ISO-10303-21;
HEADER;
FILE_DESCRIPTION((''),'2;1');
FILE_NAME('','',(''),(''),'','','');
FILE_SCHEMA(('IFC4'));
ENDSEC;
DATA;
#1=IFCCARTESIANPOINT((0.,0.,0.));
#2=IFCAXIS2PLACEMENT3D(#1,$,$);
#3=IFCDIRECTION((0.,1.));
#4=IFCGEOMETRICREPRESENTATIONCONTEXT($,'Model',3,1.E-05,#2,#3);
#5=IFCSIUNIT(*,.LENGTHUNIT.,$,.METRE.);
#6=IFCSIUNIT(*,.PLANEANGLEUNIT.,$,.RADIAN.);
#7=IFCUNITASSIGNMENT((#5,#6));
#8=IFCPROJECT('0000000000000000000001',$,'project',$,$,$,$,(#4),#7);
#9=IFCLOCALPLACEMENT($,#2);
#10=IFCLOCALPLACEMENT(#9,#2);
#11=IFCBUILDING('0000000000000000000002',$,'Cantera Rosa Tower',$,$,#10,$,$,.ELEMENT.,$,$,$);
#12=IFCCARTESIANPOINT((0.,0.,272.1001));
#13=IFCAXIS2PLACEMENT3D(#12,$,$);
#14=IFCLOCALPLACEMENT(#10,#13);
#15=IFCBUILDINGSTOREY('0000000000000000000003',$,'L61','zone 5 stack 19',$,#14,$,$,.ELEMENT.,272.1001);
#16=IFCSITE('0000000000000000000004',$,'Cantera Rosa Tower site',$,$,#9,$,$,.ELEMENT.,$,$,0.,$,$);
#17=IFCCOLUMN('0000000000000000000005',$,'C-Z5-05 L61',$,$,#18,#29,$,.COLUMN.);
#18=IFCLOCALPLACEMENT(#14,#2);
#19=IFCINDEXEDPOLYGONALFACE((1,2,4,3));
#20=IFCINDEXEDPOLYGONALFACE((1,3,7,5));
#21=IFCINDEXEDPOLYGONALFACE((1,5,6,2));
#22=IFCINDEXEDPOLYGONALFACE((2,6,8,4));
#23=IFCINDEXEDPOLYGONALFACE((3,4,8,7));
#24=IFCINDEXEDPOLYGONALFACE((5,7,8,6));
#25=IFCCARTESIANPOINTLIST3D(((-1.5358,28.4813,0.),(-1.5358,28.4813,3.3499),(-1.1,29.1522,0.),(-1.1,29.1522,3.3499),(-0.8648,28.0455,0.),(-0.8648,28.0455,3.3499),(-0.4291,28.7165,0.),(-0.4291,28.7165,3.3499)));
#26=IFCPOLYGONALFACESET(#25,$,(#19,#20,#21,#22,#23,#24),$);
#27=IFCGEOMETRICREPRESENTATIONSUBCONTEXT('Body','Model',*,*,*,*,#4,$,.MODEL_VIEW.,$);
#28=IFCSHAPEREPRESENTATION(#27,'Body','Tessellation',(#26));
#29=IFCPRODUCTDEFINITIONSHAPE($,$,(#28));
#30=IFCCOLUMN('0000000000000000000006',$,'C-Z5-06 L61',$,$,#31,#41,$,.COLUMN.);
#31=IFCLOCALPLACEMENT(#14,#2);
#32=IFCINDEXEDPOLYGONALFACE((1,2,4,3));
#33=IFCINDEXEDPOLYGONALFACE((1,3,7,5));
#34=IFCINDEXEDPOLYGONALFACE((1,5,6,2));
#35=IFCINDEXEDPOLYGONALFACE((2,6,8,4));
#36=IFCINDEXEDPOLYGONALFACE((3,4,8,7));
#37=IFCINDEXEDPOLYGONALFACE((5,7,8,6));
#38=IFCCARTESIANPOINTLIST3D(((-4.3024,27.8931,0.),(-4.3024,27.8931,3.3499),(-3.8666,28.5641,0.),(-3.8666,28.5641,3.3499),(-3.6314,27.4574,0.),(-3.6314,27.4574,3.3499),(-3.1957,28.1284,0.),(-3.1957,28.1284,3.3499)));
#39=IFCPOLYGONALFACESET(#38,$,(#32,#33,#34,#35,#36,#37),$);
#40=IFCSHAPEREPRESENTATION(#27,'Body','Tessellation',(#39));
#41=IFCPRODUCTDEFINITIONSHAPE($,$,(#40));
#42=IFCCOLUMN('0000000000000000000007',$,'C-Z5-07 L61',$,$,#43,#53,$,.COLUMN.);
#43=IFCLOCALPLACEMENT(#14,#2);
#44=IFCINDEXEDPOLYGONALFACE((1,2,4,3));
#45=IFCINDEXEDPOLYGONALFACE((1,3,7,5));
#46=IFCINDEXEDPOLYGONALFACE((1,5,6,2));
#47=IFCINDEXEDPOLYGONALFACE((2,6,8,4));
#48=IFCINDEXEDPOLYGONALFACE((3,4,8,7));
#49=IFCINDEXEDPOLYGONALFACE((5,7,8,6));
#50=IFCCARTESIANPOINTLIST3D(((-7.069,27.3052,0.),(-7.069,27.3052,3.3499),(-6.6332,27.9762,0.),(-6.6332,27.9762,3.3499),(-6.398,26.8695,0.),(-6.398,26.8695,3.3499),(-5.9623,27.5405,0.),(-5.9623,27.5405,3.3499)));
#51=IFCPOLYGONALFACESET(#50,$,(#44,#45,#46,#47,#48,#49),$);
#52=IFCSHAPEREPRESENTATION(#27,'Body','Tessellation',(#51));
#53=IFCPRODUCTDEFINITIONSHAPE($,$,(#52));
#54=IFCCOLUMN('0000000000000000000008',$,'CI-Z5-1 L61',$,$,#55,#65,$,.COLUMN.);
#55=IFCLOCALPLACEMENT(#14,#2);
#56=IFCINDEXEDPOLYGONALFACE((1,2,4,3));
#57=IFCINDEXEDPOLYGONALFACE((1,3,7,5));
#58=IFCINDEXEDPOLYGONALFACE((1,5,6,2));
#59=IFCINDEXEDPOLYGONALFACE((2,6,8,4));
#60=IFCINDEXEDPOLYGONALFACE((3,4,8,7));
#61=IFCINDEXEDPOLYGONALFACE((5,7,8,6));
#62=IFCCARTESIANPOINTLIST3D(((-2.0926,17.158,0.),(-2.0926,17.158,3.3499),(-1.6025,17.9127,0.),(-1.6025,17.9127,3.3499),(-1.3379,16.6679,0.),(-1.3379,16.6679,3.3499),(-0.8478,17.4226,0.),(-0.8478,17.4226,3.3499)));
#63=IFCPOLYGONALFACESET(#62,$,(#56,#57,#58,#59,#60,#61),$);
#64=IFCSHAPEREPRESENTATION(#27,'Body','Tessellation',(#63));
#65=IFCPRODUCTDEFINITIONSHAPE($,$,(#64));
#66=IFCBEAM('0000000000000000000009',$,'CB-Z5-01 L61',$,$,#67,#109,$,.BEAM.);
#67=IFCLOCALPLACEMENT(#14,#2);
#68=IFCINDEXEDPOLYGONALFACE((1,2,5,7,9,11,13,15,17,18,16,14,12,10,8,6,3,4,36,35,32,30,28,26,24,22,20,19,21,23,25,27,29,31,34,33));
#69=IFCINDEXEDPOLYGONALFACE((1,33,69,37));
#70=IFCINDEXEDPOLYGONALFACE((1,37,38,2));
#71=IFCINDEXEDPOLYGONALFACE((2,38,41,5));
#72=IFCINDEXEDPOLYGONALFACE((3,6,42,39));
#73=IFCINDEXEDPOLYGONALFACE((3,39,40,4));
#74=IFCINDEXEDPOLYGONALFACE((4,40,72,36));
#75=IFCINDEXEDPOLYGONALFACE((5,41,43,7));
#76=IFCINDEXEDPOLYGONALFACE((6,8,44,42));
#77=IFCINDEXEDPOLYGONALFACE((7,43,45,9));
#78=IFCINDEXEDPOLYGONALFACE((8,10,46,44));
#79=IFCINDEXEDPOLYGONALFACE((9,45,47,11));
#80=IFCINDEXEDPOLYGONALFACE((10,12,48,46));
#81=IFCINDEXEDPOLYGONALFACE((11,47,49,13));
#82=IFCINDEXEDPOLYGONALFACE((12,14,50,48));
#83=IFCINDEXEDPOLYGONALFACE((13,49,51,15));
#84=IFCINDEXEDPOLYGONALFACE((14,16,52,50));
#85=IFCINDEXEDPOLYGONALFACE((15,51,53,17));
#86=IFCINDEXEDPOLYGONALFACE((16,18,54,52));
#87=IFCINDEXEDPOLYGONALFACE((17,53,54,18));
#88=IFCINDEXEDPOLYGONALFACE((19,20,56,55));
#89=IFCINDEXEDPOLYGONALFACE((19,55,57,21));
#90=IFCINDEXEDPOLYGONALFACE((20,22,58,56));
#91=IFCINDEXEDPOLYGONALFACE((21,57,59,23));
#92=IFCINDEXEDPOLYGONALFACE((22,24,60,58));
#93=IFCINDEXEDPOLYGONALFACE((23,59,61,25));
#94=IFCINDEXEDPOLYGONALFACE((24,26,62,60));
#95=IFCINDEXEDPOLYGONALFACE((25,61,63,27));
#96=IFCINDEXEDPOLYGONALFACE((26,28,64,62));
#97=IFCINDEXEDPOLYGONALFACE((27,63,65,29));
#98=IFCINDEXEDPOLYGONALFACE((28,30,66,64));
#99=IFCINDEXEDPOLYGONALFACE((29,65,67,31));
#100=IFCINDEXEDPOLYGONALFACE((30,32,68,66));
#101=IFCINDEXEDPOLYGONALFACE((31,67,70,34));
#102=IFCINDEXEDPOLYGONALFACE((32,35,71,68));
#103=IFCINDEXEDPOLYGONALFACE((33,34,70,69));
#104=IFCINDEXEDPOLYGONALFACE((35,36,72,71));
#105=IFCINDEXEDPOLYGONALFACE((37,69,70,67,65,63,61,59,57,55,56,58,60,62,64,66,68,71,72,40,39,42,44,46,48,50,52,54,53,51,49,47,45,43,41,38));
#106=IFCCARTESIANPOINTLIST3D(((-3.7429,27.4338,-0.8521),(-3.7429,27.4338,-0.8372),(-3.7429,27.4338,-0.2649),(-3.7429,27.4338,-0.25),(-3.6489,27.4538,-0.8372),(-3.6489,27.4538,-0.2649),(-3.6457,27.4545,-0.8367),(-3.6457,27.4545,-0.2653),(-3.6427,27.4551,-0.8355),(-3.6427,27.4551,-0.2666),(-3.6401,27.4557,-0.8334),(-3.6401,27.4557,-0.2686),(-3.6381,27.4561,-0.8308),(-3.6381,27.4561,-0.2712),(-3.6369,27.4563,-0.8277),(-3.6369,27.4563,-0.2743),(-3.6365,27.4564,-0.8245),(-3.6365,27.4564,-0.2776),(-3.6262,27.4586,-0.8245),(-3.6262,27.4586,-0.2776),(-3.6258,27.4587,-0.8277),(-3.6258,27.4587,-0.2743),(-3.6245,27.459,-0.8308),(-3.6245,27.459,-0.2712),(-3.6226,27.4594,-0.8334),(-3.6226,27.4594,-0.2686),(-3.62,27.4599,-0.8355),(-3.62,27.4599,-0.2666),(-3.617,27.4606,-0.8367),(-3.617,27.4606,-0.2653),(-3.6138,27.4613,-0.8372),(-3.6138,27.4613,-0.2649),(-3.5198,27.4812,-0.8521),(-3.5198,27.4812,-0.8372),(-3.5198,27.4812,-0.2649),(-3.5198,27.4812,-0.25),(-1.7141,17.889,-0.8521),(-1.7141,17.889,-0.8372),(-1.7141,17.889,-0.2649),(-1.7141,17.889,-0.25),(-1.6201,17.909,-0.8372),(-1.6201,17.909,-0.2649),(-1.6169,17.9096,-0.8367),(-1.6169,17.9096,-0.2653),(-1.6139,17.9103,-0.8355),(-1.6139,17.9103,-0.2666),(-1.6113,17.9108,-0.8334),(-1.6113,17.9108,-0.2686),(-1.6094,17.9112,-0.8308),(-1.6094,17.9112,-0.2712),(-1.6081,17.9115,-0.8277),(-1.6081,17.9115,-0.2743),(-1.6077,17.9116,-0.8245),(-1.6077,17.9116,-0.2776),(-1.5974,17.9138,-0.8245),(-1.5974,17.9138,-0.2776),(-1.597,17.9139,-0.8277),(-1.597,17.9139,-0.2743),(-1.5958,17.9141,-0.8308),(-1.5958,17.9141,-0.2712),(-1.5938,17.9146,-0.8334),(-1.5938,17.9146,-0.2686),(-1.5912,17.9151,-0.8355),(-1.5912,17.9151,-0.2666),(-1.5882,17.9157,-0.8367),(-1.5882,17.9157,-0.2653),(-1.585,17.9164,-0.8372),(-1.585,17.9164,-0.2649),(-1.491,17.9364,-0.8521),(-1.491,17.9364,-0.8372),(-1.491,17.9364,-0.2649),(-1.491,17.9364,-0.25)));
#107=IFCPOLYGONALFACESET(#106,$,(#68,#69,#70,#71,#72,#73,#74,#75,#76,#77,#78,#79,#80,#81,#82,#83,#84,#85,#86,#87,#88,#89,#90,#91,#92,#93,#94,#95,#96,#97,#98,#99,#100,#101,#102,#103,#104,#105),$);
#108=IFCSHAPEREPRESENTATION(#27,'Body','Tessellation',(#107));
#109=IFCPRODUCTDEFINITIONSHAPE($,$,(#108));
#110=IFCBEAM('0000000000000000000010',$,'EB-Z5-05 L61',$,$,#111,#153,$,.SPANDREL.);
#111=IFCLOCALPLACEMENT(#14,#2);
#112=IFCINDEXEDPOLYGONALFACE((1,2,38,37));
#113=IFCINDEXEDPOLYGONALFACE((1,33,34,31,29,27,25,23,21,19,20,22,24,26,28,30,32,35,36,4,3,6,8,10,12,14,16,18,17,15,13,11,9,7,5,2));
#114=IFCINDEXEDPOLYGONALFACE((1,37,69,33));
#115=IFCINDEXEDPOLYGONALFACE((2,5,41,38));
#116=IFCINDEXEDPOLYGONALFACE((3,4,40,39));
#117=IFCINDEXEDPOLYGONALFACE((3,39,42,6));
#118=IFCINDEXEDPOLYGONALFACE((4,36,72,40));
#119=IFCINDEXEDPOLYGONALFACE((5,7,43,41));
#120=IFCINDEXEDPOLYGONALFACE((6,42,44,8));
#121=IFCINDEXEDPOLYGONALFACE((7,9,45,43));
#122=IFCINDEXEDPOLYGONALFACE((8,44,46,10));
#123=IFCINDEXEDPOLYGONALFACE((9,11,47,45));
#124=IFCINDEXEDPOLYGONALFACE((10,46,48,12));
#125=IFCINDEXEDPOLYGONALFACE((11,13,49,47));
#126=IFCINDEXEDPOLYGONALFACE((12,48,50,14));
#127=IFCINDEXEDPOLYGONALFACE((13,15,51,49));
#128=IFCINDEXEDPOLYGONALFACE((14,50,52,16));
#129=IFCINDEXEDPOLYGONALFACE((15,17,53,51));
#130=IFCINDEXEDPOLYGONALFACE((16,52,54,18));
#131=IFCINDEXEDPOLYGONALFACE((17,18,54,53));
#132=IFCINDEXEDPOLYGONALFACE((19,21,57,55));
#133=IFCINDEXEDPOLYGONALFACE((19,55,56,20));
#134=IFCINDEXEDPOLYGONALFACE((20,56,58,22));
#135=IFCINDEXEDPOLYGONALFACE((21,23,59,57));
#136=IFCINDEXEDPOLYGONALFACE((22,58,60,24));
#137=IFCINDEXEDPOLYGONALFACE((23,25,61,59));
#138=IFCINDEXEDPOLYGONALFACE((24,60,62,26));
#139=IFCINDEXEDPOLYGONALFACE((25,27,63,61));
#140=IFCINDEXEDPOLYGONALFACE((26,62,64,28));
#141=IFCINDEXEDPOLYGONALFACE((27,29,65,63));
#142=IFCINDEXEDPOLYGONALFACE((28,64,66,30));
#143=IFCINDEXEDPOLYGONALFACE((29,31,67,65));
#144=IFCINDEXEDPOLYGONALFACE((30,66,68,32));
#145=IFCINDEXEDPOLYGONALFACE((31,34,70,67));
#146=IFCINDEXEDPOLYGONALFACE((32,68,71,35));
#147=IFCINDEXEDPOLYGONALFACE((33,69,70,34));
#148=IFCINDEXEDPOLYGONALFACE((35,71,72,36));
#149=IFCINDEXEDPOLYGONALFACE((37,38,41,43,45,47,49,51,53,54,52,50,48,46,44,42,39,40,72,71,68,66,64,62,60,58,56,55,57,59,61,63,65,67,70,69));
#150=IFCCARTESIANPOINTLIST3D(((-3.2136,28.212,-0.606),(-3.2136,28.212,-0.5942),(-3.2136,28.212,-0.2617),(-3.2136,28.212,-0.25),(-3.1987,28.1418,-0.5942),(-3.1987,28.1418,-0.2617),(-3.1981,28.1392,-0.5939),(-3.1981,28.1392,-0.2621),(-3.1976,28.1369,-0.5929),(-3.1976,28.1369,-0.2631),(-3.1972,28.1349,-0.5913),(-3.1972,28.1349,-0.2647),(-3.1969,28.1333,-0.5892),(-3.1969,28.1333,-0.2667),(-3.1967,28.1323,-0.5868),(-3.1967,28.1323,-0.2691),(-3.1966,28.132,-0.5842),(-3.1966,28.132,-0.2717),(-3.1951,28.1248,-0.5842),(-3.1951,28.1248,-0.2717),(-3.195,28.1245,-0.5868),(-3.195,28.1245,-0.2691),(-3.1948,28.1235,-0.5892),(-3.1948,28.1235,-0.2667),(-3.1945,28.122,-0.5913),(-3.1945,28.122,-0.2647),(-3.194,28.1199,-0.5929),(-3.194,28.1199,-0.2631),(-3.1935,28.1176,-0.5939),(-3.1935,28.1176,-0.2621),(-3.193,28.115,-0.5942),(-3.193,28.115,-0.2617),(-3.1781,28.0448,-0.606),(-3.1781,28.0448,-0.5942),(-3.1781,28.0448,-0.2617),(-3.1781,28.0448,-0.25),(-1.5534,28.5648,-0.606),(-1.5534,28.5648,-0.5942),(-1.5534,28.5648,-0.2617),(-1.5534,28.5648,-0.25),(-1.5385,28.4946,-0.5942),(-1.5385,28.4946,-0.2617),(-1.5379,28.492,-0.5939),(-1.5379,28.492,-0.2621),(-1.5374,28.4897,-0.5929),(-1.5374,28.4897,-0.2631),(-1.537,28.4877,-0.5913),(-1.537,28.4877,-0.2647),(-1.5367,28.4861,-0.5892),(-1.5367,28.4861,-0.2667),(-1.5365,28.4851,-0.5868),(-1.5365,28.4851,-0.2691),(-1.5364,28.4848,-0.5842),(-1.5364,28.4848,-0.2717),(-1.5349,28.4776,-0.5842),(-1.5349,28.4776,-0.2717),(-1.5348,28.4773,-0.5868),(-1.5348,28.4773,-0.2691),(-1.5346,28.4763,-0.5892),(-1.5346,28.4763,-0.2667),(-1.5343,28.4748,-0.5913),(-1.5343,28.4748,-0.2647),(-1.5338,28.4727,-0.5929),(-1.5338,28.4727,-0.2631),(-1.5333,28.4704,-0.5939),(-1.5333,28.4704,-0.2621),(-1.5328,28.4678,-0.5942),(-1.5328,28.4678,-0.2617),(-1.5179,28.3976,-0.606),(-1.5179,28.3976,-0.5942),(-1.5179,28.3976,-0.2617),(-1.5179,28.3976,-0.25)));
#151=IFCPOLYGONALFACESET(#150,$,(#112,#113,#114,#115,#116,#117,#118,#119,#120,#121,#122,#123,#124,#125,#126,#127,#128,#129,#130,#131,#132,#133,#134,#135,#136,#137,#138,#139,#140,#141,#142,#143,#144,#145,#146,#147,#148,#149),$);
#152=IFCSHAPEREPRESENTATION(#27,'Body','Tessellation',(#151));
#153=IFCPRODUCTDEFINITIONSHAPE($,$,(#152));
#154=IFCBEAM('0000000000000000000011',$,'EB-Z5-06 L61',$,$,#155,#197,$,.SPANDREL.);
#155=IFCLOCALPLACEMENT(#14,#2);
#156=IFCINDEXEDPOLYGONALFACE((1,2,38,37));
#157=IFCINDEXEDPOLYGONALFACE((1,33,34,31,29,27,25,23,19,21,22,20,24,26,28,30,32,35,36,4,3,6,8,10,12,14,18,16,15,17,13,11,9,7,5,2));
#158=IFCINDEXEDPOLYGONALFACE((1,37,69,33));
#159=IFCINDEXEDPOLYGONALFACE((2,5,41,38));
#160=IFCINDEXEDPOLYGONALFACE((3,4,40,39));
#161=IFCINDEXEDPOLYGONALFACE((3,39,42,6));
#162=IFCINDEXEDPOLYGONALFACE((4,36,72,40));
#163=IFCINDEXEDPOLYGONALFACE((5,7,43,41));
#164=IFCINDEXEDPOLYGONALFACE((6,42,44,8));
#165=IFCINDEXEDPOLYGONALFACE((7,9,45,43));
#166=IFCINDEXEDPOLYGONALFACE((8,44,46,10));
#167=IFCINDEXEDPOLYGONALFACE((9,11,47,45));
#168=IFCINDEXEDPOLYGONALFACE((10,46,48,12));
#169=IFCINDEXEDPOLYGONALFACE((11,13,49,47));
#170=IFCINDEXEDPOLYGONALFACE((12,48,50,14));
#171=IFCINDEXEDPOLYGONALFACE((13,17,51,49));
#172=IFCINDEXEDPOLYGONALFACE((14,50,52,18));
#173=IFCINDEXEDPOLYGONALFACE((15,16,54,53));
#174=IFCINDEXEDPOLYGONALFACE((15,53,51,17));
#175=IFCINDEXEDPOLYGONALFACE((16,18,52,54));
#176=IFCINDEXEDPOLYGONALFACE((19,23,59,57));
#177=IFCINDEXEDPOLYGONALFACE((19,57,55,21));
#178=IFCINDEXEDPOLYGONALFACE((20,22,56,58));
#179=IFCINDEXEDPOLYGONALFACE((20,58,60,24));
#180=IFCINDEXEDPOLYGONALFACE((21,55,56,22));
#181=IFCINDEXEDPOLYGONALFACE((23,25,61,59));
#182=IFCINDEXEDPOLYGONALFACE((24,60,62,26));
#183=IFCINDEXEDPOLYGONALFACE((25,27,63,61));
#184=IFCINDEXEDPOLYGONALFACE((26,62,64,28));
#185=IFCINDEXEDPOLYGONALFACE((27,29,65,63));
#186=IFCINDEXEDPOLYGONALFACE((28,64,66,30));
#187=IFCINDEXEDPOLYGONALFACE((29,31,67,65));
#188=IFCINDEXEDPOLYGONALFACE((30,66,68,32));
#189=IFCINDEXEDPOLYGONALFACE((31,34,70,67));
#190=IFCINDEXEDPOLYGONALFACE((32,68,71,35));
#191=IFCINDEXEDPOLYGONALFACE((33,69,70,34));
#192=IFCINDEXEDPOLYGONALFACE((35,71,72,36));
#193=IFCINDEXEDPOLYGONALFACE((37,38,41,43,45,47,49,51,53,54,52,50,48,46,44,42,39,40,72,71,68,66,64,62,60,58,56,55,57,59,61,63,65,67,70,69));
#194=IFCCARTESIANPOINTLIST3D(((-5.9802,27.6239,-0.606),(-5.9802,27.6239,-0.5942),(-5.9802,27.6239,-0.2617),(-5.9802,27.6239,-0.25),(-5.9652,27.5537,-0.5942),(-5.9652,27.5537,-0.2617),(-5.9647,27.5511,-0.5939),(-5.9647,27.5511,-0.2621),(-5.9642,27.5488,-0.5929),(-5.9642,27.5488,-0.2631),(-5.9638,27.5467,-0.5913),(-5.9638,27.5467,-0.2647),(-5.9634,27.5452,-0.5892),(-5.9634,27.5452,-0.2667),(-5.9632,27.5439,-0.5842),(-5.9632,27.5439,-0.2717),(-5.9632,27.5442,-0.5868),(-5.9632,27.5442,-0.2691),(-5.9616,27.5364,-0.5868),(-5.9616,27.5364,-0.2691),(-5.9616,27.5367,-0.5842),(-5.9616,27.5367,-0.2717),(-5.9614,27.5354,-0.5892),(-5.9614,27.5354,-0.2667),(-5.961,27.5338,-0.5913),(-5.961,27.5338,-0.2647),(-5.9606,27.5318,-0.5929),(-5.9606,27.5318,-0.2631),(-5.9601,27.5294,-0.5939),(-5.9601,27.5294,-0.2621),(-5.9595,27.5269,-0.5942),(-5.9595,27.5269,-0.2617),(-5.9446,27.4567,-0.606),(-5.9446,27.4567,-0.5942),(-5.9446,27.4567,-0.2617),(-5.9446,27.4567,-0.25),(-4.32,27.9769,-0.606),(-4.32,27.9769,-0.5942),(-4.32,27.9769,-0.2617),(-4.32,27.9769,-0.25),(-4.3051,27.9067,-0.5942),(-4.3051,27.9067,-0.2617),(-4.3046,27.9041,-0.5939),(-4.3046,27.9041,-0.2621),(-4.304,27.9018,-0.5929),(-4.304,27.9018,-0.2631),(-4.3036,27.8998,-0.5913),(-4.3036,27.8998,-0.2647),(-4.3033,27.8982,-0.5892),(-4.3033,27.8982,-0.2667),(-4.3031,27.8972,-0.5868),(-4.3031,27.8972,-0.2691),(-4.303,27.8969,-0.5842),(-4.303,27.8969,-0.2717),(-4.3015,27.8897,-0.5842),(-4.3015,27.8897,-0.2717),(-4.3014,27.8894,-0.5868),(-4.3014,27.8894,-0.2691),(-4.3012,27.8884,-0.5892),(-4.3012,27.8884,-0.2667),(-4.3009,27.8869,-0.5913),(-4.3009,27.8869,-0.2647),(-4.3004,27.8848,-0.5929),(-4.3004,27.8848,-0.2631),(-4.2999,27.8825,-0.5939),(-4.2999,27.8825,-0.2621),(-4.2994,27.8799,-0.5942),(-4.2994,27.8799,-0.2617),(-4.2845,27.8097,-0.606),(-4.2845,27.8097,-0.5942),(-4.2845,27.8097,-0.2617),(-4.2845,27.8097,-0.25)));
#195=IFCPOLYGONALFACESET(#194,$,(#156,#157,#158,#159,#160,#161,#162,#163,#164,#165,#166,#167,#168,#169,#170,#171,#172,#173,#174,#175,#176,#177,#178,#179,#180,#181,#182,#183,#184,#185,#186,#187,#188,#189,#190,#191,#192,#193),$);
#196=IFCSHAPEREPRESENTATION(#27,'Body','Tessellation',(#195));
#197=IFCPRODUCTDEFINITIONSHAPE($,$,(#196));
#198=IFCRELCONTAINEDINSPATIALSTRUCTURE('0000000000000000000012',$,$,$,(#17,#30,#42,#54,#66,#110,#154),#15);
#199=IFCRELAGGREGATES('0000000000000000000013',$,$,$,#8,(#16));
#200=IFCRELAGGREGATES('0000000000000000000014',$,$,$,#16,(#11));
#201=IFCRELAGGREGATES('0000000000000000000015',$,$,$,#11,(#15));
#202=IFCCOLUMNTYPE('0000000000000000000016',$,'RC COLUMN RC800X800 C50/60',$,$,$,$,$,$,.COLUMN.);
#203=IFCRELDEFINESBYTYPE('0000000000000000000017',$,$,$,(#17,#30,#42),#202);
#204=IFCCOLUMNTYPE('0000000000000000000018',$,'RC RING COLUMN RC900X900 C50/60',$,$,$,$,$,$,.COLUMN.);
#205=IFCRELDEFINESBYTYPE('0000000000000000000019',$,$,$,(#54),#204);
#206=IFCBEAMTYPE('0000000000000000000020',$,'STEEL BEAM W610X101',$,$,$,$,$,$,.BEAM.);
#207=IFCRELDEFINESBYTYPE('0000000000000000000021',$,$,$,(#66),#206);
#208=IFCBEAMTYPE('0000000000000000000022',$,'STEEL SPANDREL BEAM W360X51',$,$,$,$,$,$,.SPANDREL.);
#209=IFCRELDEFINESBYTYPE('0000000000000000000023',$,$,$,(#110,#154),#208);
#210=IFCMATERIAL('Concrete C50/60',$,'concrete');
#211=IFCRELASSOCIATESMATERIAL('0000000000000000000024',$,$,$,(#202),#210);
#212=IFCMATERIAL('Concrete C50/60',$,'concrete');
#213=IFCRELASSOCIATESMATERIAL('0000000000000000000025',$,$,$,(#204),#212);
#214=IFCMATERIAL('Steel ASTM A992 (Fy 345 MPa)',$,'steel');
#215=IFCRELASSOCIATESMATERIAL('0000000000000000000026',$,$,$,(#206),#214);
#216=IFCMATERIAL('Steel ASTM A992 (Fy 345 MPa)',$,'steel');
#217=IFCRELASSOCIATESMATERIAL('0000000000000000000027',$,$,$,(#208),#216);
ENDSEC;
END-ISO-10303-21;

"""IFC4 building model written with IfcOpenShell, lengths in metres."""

from ifc_helpers import new_model, si_unit, direction, frame, origin, origin_2d, place, context, subcontext, project, spatial, rectangle, i_section, extrude, material, material_profile, profile_set, type_object, element, save


model = new_model("IFC4")

# Units and contexts
model_context = context("Model", 3, precision=1e-05, world=origin(), true_north=direction((0.0, 1.0)))
body_context = subcontext(model_context, "Body", "Model", "MODEL_VIEW")
ifc_project = project(units=[si_unit("LENGTHUNIT", "METRE"), si_unit("PLANEANGLEUNIT", "RADIAN")], contexts=[model_context])

# Site, building, storey
site_placement = place(None, origin())
site = spatial("IfcSite", under=ifc_project, at=site_placement, Name="Cantera Rosa Tower site", CompositionType="ELEMENT", RefElevation=0.0)
building_placement = place(site_placement, origin())
building = spatial("IfcBuilding", under=site, at=building_placement, Name="Cantera Rosa Tower", CompositionType="ELEMENT")
storey_placement = place(building_placement, frame((0.0, 0.0, 272.1001)))
storey = spatial("IfcBuildingStorey", under=building, at=storey_placement, Name="L61", Description="zone 5 stack 19", CompositionType="ELEMENT", Elevation=272.1001)

# Columns
ifc_material_1 = material(Name="Concrete C50/60", Category="concrete")
ifc_material_profile_1 = material_profile(ifc_material_1, rectangle(XDim=0.8, YDim=0.8, at=origin_2d()), Name="RC COLUMN RC800X800 C50/60")
ifc_profile_set_1 = profile_set([ifc_material_profile_1], Name="Concrete C50/60")
column_type_1 = type_object("IfcColumnType", Name="RC COLUMN RC800X800 C50/60", PredefinedType="COLUMN", material=ifc_profile_set_1)
for number, where, z_axis, x_axis, name in (
    (1, (-0.9824, 28.5989, 0.0), (0.0, 0.0, 1.0), (0.544639, 0.838671, 0.0), "C-Z5-05 L61"),
    (2, (-3.749, 28.0107, 0.0), (0.0, 0.0, 1.0), (0.544639, 0.838671, 0.0), "C-Z5-06 L61"),
    (3, (-6.5156, 27.4229, 0.0), (0.0, 0.0, 1.0), (0.544639, 0.838671, 0.0), "C-Z5-07 L61"),
):
    element("IfcColumn", number, at=place(storey_placement, frame(where, z_axis=z_axis, x_axis=x_axis)), inside=storey, type_object=column_type_1, Name=name, PredefinedType="COLUMN", context=body_context, shape_type="SweptSolid", body=[
        extrude(rectangle(XDim=0.8, YDim=0.8, at=origin_2d()), origin(), (0.0, 0.0, 1.0), 3.3499),
    ])
ifc_material_2 = material(Name="Concrete C50/60", Category="concrete")
ifc_material_profile_2 = material_profile(ifc_material_2, rectangle(XDim=0.8999, YDim=0.8999, at=origin_2d()), Name="RC RING COLUMN RC900X900 C50/60")
ifc_profile_set_2 = profile_set([ifc_material_profile_2], Name="Concrete C50/60")
column_type_2 = type_object("IfcColumnType", Name="RC RING COLUMN RC900X900 C50/60", PredefinedType="COLUMN", material=ifc_profile_set_2)
column_placement = place(storey_placement, frame((-1.4702, 17.2903, 0.0), z_axis=(0.0, 0.0, 1.0), x_axis=(0.544639, 0.838671, 0.0)))
element("IfcColumn", 4, at=column_placement, inside=storey, type_object=column_type_2, Name="CI-Z5-1 L61", PredefinedType="COLUMN", context=body_context, shape_type="SweptSolid", body=[
    extrude(rectangle(XDim=0.8999, YDim=0.8999, at=origin_2d()), origin(), (0.0, 0.0, 1.0), 3.3499),
])

# Beams
ifc_material_3 = material(Name="Steel ASTM A992 (Fy 345 MPa)", Category="steel")
ifc_material_profile_3 = material_profile(ifc_material_3, i_section(OverallWidth=0.228, OverallDepth=0.6021, WebThickness=0.0105, FlangeThickness=0.0149, FilletRadius=0.0127, at=origin_2d()), Name="W610X101")
ifc_profile_set_3 = profile_set([ifc_material_profile_3], Name="Steel ASTM A992 (Fy 345 MPa)")
beam_type_1 = type_object("IfcBeamType", Name="STEEL BEAM W610X101", PredefinedType="BEAM", material=ifc_profile_set_3)
beam_placement = place(storey_placement, frame((-3.6313, 27.4575, -0.551), z_axis=(0.207909, -0.978148, 0.0), x_axis=(0.978148, 0.207909, 0.0)))
element("IfcBeam", 5, at=beam_placement, inside=storey, type_object=beam_type_1, Name="CB-Z5-01 L61", PredefinedType="BEAM", context=body_context, shape_type="SweptSolid", body=[
    extrude(i_section(OverallWidth=0.228, OverallDepth=0.6021, WebThickness=0.0105, FlangeThickness=0.0149, FilletRadius=0.0127, at=origin_2d()), origin(), (0.0, 0.0, 1.0), 9.7581),
])
ifc_material_4 = material(Name="Steel ASTM A992 (Fy 345 MPa)", Category="steel")
ifc_material_profile_4 = material_profile(ifc_material_4, i_section(OverallWidth=0.1709, OverallDepth=0.356, WebThickness=0.0073, FlangeThickness=0.0117, FilletRadius=0.01, at=origin_2d()), Name="W360X51")
ifc_profile_set_4 = profile_set([ifc_material_profile_4], Name="Steel ASTM A992 (Fy 345 MPa)")
beam_type_2 = type_object("IfcBeamType", Name="STEEL SPANDREL BEAM W360X51", PredefinedType="SPANDREL", material=ifc_profile_set_4)
for number, where, z_axis, x_axis, name in (
    (6, (-1.5356, 28.4812, -0.428), (-0.978159, -0.207859, 0.0), (0.207859, -0.978159, 0.0), "EB-Z5-05 L61"),
    (7, (-4.3022, 27.8933, -0.428), (-0.97813, -0.207996, 0.0), (0.207996, -0.97813, 0.0), "EB-Z5-06 L61"),
):
    element("IfcBeam", number, at=place(storey_placement, frame(where, z_axis=z_axis, x_axis=x_axis)), inside=storey, type_object=beam_type_2, Name=name, PredefinedType="SPANDREL", context=body_context, shape_type="SweptSolid", body=[
        extrude(i_section(OverallWidth=0.1709, OverallDepth=0.356, WebThickness=0.0073, FlangeThickness=0.0117, FilletRadius=0.01, at=origin_2d()), origin(), (0.0, 0.0, 1.0), 1.6973),
    ])

save(model, "model.ifc")
